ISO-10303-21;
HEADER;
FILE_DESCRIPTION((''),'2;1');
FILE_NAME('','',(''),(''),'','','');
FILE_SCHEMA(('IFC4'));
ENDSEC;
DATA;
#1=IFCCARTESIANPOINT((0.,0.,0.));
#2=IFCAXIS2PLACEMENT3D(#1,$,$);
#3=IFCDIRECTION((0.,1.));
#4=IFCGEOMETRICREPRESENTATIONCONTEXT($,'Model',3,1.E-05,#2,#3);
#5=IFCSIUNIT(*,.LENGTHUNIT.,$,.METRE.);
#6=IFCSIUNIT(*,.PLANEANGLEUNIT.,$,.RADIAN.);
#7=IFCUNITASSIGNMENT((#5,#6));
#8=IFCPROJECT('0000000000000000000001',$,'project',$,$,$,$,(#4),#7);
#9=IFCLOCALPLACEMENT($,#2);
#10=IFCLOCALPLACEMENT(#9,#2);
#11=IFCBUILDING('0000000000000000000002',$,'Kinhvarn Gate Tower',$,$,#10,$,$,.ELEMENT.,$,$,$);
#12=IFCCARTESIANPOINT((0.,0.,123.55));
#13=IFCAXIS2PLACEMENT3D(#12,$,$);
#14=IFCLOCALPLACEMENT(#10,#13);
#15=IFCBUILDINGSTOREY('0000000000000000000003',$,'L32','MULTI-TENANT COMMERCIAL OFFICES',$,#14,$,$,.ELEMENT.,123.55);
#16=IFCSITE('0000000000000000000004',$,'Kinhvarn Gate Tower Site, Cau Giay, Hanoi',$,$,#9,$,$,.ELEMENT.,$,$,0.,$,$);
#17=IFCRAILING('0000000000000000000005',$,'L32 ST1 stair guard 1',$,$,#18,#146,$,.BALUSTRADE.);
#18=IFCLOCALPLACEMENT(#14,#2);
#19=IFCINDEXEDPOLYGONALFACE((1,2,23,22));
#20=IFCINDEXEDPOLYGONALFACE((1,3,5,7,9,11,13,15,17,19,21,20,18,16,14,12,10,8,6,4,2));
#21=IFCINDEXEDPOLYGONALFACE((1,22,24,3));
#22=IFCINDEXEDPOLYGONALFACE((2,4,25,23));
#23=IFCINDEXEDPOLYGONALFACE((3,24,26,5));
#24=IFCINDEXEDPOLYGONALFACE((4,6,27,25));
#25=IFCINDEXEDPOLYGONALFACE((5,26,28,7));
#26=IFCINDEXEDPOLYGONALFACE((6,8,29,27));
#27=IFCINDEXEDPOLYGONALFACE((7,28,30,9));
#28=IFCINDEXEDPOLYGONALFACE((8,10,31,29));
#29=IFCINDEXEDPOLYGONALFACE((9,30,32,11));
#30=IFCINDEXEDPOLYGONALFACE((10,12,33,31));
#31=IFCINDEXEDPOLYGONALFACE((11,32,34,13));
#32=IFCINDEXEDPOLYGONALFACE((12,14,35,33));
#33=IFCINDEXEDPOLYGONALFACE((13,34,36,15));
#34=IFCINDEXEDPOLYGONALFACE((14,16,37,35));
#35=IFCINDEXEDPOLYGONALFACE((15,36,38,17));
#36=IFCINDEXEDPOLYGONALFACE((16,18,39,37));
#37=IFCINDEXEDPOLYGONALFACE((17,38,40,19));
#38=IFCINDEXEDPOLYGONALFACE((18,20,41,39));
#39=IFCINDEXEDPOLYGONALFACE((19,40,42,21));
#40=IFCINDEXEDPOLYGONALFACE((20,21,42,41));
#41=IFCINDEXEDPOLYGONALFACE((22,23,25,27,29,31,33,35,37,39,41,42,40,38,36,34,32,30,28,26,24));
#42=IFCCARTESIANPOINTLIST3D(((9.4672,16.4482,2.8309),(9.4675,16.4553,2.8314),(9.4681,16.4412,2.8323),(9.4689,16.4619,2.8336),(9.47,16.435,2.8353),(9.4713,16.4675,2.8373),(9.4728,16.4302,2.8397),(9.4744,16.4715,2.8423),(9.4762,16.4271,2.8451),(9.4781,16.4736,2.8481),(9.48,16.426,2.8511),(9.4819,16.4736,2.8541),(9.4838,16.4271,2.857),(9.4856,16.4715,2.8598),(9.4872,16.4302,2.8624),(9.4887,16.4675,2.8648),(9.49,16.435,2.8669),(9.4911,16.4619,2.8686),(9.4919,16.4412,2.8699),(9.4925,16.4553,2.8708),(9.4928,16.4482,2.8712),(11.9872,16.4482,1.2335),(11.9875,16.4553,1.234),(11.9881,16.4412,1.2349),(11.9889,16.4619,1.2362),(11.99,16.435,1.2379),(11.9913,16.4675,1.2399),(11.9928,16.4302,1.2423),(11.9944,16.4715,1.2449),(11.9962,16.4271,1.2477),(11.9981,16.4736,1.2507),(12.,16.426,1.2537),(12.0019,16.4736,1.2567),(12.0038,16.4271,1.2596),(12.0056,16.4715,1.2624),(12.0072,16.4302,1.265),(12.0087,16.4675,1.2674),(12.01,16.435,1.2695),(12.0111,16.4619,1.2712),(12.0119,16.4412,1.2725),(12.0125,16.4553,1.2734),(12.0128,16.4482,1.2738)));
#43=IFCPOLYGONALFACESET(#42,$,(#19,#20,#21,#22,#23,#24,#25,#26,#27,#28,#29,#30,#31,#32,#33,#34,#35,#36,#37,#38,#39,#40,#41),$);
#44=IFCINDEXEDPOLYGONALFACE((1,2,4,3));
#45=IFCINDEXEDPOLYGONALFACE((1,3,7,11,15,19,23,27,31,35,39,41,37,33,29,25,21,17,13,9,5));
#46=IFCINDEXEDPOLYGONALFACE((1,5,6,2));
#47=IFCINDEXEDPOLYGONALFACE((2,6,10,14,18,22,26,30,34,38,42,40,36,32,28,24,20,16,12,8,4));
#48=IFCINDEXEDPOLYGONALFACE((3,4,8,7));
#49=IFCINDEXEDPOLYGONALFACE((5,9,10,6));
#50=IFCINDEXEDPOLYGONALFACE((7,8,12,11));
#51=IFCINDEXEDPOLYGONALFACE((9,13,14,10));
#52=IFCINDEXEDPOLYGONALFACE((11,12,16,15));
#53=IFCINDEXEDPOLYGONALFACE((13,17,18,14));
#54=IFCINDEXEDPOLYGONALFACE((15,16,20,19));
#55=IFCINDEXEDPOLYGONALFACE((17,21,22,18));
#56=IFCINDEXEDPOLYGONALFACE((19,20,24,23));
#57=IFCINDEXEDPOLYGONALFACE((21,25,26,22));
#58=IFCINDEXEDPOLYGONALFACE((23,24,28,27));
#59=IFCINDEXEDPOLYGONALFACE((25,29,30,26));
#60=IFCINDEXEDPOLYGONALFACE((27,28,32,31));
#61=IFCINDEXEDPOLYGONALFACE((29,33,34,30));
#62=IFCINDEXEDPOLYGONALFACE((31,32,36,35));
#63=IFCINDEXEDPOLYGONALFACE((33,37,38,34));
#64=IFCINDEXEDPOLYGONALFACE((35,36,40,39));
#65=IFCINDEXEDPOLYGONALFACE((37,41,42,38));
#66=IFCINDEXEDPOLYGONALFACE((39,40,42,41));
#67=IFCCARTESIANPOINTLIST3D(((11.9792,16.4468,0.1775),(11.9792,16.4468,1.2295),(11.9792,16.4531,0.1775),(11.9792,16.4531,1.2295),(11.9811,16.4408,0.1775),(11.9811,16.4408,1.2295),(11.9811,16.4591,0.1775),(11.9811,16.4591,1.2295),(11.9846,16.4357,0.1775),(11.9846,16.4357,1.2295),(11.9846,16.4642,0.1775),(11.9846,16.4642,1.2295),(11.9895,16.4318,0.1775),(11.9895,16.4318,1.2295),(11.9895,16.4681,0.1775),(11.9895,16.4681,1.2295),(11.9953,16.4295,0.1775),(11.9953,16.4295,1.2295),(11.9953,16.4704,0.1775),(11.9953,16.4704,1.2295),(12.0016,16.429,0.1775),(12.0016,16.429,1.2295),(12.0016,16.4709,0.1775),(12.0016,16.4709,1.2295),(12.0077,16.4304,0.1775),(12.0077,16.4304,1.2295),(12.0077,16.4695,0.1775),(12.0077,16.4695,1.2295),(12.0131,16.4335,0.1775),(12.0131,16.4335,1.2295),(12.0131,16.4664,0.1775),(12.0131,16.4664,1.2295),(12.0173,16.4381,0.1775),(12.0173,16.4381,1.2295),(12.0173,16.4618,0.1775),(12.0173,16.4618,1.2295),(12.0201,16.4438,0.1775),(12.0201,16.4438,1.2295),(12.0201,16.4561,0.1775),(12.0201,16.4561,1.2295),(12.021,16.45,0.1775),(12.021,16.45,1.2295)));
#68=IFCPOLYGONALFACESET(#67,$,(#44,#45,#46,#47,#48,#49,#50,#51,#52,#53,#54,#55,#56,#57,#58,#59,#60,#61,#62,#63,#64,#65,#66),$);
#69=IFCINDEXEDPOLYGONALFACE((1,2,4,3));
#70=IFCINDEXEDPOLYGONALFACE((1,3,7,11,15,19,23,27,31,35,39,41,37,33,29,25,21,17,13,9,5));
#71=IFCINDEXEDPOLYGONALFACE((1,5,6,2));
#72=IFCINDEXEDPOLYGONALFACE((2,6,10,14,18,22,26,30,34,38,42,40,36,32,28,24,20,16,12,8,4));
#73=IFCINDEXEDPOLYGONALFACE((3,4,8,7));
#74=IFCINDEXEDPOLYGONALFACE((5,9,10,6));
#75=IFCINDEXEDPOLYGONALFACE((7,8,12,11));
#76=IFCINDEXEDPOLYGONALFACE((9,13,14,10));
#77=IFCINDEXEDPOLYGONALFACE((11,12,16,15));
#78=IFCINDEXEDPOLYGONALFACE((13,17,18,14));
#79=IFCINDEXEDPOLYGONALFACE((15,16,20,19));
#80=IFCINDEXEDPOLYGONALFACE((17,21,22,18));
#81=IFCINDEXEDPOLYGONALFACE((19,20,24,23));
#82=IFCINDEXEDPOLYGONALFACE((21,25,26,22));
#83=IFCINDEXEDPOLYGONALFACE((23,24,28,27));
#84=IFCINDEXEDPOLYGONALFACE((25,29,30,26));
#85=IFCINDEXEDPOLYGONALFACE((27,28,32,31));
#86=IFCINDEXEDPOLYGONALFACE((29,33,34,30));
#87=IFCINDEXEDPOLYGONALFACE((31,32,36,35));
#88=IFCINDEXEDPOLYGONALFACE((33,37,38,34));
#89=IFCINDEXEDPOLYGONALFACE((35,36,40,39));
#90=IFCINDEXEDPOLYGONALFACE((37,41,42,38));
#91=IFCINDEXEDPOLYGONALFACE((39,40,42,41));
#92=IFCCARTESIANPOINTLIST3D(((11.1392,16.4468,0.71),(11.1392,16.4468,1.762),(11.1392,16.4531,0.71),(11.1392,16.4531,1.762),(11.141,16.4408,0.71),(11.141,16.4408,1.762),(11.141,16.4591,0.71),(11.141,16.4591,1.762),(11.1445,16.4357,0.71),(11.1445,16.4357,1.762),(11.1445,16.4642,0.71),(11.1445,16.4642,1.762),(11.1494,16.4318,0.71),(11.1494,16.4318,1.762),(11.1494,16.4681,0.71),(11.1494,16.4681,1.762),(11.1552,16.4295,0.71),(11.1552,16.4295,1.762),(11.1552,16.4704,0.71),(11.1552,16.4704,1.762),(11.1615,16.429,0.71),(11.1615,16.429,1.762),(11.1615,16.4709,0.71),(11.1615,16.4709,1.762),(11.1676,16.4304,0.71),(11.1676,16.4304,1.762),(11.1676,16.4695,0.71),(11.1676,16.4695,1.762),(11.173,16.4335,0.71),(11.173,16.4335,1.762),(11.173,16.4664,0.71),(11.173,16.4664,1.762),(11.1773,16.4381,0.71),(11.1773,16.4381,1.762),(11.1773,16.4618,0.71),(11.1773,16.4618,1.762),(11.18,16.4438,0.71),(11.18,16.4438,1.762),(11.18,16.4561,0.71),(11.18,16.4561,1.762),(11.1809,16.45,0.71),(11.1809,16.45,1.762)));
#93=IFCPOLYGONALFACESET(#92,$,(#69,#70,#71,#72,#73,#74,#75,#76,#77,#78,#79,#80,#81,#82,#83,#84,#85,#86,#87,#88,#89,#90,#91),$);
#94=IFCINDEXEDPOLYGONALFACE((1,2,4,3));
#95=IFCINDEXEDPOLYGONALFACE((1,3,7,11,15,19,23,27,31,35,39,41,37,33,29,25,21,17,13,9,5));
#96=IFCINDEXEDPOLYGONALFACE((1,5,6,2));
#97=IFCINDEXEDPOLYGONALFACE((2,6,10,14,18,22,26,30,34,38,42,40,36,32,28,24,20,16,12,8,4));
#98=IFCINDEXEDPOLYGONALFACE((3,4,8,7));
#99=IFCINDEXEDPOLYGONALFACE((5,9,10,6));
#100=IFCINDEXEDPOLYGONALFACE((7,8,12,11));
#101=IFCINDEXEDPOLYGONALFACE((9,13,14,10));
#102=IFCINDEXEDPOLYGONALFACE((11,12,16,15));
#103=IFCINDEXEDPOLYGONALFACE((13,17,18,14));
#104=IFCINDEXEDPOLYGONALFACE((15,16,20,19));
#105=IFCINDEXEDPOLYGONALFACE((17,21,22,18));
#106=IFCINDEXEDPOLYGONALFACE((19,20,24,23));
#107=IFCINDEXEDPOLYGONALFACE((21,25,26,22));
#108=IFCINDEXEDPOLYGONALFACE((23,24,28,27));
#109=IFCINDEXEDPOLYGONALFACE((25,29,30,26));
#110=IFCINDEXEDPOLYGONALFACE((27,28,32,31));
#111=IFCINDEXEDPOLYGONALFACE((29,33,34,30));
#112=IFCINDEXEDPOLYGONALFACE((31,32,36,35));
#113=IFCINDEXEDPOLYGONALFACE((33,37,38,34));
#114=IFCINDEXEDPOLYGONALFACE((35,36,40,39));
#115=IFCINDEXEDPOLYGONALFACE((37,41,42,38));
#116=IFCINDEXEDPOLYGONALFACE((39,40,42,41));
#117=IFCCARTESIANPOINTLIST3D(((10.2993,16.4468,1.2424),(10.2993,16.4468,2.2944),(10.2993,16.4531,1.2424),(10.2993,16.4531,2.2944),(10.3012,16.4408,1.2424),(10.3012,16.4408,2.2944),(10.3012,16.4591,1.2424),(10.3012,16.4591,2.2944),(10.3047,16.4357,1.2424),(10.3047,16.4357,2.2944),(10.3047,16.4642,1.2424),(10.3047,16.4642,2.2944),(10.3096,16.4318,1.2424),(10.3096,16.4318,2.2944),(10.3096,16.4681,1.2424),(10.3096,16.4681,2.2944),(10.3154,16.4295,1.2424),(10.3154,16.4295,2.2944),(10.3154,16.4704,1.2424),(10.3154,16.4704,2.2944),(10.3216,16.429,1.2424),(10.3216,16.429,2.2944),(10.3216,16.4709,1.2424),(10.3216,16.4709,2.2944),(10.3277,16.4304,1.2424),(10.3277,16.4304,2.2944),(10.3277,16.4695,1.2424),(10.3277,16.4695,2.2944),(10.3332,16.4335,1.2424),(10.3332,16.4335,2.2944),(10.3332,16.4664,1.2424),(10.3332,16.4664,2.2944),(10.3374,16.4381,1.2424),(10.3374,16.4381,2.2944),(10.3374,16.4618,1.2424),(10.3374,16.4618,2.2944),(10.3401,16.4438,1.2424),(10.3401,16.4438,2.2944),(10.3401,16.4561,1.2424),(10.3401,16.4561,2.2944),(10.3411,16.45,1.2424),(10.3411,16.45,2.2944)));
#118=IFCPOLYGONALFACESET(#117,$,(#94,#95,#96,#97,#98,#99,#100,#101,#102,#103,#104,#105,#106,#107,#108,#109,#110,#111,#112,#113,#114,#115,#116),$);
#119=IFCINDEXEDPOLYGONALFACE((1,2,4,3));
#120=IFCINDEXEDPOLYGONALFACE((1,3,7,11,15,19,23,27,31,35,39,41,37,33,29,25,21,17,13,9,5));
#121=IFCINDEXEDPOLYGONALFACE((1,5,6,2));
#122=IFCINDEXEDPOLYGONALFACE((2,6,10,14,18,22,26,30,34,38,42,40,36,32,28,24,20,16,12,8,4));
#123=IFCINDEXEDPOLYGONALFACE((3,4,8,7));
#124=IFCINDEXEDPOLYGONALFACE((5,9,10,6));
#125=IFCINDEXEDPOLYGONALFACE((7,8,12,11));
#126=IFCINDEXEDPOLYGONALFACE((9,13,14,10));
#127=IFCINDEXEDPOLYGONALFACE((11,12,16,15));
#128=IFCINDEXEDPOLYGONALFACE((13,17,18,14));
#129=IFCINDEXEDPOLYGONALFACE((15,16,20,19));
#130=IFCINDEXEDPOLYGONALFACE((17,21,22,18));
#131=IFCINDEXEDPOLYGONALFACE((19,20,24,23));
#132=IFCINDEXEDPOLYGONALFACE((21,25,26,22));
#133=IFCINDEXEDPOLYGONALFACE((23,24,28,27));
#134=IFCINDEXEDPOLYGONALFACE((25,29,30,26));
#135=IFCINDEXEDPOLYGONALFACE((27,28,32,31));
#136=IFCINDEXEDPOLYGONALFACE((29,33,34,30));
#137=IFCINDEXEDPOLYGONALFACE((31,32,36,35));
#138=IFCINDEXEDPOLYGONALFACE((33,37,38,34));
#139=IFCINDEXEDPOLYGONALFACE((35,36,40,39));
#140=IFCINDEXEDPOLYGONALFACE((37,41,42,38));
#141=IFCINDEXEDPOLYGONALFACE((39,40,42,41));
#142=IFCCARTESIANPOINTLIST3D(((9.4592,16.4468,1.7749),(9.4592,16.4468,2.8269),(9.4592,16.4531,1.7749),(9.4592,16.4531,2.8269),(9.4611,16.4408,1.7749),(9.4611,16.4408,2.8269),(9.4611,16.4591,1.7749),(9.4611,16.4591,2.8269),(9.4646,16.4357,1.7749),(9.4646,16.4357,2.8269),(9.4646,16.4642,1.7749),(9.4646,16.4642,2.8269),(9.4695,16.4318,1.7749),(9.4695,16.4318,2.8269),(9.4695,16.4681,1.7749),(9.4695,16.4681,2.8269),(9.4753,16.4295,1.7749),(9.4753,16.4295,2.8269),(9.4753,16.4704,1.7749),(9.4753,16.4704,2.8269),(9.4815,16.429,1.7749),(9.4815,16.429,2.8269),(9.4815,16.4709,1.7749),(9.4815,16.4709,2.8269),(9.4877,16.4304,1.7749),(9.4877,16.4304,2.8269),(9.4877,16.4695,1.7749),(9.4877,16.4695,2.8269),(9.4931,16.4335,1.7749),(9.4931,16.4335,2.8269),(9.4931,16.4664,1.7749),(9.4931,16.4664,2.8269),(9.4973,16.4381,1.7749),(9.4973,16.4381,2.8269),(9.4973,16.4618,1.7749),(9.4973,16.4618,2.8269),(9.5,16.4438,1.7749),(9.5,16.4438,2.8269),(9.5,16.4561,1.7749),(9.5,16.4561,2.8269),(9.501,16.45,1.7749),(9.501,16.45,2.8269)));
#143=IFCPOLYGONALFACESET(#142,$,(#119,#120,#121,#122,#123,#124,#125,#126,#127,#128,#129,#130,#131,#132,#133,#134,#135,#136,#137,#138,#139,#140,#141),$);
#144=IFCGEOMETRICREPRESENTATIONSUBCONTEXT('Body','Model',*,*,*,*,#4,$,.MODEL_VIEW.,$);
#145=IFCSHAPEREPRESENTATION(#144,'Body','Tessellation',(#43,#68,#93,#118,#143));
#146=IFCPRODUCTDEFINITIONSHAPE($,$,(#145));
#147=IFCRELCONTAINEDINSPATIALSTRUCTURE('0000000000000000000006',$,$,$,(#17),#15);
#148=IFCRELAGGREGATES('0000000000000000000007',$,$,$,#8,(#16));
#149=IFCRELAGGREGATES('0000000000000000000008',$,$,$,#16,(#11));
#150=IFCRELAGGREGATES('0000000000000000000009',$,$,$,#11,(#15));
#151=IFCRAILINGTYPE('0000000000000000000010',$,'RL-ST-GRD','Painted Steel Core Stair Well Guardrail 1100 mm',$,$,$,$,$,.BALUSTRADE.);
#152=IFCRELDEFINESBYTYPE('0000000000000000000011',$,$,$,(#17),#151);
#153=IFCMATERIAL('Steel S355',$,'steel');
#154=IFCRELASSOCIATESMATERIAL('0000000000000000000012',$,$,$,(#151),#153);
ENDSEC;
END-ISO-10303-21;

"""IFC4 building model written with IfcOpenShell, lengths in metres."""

from ifc_helpers import new_model, si_unit, direction, frame, origin, origin_2d, place, context, subcontext, project, spatial, circle, extrude, material, type_object, element, save


model = new_model("IFC4")

# Units and contexts
model_context = context("Model", 3, precision=1e-05, world=origin(), true_north=direction((0.0, 1.0)))
body_context = subcontext(model_context, "Body", "Model", "MODEL_VIEW")
ifc_project = project(units=[si_unit("LENGTHUNIT", "METRE"), si_unit("PLANEANGLEUNIT", "RADIAN")], contexts=[model_context])

# Site, building, storey
site_placement = place(None, origin())
site = spatial("IfcSite", under=ifc_project, at=site_placement, Name="Kinhvarn Gate Tower Site, Cau Giay, Hanoi", CompositionType="ELEMENT", RefElevation=0.0)
building_placement = place(site_placement, origin())
building = spatial("IfcBuilding", under=site, at=building_placement, Name="Kinhvarn Gate Tower", CompositionType="ELEMENT")
storey_placement = place(building_placement, frame((0.0, 0.0, 123.55)))
storey = spatial("IfcBuildingStorey", under=building, at=storey_placement, Name="L32", Description="MULTI-TENANT COMMERCIAL OFFICES", CompositionType="ELEMENT", Elevation=123.55)

# Shared definitions
ifc_material_1 = material(Name="Steel S355", Category="steel")

# Railing
railing_type_1 = type_object("IfcRailingType", Name="RL-ST-GRD", Description="Painted Steel Core Stair Well Guardrail 1100 mm", PredefinedType="BALUSTRADE", material=ifc_material_1)
railing_1_placement = place(storey_placement, frame((12.0, 16.45, 0.1775)))
element("IfcRailing", 1, at=railing_1_placement, inside=storey, type_object=railing_type_1, Name="L32 ST1 stair guard 1", PredefinedType="BALUSTRADE", context=body_context, shape_type="SweptSolid", body=[
    extrude(circle(Radius=0.0239, at=origin_2d()), frame((0.0, 0.0, 1.0762), z_axis=(-0.844607, 0.0, 0.535387), x_axis=(0.0, -1.0, 0.0)), (0.0, 0.0, 1.0), 2.9836),
    extrude(circle(Radius=0.021, at=origin_2d()), origin(), (0.0, 0.0, 1.0), 1.052),
    extrude(circle(Radius=0.021, at=origin_2d()), frame((-0.8401, 0.0, 0.5325)), (0.0, 0.0, 1.0), 1.052),
    extrude(circle(Radius=0.021, at=origin_2d()), frame((-1.6799, 0.0, 1.0649)), (0.0, 0.0, 1.0), 1.052),
    extrude(circle(Radius=0.021, at=origin_2d()), frame((-2.52, 0.0, 1.5974)), (0.0, 0.0, 1.0), 1.052),
])

save(model, "model.ifc")
